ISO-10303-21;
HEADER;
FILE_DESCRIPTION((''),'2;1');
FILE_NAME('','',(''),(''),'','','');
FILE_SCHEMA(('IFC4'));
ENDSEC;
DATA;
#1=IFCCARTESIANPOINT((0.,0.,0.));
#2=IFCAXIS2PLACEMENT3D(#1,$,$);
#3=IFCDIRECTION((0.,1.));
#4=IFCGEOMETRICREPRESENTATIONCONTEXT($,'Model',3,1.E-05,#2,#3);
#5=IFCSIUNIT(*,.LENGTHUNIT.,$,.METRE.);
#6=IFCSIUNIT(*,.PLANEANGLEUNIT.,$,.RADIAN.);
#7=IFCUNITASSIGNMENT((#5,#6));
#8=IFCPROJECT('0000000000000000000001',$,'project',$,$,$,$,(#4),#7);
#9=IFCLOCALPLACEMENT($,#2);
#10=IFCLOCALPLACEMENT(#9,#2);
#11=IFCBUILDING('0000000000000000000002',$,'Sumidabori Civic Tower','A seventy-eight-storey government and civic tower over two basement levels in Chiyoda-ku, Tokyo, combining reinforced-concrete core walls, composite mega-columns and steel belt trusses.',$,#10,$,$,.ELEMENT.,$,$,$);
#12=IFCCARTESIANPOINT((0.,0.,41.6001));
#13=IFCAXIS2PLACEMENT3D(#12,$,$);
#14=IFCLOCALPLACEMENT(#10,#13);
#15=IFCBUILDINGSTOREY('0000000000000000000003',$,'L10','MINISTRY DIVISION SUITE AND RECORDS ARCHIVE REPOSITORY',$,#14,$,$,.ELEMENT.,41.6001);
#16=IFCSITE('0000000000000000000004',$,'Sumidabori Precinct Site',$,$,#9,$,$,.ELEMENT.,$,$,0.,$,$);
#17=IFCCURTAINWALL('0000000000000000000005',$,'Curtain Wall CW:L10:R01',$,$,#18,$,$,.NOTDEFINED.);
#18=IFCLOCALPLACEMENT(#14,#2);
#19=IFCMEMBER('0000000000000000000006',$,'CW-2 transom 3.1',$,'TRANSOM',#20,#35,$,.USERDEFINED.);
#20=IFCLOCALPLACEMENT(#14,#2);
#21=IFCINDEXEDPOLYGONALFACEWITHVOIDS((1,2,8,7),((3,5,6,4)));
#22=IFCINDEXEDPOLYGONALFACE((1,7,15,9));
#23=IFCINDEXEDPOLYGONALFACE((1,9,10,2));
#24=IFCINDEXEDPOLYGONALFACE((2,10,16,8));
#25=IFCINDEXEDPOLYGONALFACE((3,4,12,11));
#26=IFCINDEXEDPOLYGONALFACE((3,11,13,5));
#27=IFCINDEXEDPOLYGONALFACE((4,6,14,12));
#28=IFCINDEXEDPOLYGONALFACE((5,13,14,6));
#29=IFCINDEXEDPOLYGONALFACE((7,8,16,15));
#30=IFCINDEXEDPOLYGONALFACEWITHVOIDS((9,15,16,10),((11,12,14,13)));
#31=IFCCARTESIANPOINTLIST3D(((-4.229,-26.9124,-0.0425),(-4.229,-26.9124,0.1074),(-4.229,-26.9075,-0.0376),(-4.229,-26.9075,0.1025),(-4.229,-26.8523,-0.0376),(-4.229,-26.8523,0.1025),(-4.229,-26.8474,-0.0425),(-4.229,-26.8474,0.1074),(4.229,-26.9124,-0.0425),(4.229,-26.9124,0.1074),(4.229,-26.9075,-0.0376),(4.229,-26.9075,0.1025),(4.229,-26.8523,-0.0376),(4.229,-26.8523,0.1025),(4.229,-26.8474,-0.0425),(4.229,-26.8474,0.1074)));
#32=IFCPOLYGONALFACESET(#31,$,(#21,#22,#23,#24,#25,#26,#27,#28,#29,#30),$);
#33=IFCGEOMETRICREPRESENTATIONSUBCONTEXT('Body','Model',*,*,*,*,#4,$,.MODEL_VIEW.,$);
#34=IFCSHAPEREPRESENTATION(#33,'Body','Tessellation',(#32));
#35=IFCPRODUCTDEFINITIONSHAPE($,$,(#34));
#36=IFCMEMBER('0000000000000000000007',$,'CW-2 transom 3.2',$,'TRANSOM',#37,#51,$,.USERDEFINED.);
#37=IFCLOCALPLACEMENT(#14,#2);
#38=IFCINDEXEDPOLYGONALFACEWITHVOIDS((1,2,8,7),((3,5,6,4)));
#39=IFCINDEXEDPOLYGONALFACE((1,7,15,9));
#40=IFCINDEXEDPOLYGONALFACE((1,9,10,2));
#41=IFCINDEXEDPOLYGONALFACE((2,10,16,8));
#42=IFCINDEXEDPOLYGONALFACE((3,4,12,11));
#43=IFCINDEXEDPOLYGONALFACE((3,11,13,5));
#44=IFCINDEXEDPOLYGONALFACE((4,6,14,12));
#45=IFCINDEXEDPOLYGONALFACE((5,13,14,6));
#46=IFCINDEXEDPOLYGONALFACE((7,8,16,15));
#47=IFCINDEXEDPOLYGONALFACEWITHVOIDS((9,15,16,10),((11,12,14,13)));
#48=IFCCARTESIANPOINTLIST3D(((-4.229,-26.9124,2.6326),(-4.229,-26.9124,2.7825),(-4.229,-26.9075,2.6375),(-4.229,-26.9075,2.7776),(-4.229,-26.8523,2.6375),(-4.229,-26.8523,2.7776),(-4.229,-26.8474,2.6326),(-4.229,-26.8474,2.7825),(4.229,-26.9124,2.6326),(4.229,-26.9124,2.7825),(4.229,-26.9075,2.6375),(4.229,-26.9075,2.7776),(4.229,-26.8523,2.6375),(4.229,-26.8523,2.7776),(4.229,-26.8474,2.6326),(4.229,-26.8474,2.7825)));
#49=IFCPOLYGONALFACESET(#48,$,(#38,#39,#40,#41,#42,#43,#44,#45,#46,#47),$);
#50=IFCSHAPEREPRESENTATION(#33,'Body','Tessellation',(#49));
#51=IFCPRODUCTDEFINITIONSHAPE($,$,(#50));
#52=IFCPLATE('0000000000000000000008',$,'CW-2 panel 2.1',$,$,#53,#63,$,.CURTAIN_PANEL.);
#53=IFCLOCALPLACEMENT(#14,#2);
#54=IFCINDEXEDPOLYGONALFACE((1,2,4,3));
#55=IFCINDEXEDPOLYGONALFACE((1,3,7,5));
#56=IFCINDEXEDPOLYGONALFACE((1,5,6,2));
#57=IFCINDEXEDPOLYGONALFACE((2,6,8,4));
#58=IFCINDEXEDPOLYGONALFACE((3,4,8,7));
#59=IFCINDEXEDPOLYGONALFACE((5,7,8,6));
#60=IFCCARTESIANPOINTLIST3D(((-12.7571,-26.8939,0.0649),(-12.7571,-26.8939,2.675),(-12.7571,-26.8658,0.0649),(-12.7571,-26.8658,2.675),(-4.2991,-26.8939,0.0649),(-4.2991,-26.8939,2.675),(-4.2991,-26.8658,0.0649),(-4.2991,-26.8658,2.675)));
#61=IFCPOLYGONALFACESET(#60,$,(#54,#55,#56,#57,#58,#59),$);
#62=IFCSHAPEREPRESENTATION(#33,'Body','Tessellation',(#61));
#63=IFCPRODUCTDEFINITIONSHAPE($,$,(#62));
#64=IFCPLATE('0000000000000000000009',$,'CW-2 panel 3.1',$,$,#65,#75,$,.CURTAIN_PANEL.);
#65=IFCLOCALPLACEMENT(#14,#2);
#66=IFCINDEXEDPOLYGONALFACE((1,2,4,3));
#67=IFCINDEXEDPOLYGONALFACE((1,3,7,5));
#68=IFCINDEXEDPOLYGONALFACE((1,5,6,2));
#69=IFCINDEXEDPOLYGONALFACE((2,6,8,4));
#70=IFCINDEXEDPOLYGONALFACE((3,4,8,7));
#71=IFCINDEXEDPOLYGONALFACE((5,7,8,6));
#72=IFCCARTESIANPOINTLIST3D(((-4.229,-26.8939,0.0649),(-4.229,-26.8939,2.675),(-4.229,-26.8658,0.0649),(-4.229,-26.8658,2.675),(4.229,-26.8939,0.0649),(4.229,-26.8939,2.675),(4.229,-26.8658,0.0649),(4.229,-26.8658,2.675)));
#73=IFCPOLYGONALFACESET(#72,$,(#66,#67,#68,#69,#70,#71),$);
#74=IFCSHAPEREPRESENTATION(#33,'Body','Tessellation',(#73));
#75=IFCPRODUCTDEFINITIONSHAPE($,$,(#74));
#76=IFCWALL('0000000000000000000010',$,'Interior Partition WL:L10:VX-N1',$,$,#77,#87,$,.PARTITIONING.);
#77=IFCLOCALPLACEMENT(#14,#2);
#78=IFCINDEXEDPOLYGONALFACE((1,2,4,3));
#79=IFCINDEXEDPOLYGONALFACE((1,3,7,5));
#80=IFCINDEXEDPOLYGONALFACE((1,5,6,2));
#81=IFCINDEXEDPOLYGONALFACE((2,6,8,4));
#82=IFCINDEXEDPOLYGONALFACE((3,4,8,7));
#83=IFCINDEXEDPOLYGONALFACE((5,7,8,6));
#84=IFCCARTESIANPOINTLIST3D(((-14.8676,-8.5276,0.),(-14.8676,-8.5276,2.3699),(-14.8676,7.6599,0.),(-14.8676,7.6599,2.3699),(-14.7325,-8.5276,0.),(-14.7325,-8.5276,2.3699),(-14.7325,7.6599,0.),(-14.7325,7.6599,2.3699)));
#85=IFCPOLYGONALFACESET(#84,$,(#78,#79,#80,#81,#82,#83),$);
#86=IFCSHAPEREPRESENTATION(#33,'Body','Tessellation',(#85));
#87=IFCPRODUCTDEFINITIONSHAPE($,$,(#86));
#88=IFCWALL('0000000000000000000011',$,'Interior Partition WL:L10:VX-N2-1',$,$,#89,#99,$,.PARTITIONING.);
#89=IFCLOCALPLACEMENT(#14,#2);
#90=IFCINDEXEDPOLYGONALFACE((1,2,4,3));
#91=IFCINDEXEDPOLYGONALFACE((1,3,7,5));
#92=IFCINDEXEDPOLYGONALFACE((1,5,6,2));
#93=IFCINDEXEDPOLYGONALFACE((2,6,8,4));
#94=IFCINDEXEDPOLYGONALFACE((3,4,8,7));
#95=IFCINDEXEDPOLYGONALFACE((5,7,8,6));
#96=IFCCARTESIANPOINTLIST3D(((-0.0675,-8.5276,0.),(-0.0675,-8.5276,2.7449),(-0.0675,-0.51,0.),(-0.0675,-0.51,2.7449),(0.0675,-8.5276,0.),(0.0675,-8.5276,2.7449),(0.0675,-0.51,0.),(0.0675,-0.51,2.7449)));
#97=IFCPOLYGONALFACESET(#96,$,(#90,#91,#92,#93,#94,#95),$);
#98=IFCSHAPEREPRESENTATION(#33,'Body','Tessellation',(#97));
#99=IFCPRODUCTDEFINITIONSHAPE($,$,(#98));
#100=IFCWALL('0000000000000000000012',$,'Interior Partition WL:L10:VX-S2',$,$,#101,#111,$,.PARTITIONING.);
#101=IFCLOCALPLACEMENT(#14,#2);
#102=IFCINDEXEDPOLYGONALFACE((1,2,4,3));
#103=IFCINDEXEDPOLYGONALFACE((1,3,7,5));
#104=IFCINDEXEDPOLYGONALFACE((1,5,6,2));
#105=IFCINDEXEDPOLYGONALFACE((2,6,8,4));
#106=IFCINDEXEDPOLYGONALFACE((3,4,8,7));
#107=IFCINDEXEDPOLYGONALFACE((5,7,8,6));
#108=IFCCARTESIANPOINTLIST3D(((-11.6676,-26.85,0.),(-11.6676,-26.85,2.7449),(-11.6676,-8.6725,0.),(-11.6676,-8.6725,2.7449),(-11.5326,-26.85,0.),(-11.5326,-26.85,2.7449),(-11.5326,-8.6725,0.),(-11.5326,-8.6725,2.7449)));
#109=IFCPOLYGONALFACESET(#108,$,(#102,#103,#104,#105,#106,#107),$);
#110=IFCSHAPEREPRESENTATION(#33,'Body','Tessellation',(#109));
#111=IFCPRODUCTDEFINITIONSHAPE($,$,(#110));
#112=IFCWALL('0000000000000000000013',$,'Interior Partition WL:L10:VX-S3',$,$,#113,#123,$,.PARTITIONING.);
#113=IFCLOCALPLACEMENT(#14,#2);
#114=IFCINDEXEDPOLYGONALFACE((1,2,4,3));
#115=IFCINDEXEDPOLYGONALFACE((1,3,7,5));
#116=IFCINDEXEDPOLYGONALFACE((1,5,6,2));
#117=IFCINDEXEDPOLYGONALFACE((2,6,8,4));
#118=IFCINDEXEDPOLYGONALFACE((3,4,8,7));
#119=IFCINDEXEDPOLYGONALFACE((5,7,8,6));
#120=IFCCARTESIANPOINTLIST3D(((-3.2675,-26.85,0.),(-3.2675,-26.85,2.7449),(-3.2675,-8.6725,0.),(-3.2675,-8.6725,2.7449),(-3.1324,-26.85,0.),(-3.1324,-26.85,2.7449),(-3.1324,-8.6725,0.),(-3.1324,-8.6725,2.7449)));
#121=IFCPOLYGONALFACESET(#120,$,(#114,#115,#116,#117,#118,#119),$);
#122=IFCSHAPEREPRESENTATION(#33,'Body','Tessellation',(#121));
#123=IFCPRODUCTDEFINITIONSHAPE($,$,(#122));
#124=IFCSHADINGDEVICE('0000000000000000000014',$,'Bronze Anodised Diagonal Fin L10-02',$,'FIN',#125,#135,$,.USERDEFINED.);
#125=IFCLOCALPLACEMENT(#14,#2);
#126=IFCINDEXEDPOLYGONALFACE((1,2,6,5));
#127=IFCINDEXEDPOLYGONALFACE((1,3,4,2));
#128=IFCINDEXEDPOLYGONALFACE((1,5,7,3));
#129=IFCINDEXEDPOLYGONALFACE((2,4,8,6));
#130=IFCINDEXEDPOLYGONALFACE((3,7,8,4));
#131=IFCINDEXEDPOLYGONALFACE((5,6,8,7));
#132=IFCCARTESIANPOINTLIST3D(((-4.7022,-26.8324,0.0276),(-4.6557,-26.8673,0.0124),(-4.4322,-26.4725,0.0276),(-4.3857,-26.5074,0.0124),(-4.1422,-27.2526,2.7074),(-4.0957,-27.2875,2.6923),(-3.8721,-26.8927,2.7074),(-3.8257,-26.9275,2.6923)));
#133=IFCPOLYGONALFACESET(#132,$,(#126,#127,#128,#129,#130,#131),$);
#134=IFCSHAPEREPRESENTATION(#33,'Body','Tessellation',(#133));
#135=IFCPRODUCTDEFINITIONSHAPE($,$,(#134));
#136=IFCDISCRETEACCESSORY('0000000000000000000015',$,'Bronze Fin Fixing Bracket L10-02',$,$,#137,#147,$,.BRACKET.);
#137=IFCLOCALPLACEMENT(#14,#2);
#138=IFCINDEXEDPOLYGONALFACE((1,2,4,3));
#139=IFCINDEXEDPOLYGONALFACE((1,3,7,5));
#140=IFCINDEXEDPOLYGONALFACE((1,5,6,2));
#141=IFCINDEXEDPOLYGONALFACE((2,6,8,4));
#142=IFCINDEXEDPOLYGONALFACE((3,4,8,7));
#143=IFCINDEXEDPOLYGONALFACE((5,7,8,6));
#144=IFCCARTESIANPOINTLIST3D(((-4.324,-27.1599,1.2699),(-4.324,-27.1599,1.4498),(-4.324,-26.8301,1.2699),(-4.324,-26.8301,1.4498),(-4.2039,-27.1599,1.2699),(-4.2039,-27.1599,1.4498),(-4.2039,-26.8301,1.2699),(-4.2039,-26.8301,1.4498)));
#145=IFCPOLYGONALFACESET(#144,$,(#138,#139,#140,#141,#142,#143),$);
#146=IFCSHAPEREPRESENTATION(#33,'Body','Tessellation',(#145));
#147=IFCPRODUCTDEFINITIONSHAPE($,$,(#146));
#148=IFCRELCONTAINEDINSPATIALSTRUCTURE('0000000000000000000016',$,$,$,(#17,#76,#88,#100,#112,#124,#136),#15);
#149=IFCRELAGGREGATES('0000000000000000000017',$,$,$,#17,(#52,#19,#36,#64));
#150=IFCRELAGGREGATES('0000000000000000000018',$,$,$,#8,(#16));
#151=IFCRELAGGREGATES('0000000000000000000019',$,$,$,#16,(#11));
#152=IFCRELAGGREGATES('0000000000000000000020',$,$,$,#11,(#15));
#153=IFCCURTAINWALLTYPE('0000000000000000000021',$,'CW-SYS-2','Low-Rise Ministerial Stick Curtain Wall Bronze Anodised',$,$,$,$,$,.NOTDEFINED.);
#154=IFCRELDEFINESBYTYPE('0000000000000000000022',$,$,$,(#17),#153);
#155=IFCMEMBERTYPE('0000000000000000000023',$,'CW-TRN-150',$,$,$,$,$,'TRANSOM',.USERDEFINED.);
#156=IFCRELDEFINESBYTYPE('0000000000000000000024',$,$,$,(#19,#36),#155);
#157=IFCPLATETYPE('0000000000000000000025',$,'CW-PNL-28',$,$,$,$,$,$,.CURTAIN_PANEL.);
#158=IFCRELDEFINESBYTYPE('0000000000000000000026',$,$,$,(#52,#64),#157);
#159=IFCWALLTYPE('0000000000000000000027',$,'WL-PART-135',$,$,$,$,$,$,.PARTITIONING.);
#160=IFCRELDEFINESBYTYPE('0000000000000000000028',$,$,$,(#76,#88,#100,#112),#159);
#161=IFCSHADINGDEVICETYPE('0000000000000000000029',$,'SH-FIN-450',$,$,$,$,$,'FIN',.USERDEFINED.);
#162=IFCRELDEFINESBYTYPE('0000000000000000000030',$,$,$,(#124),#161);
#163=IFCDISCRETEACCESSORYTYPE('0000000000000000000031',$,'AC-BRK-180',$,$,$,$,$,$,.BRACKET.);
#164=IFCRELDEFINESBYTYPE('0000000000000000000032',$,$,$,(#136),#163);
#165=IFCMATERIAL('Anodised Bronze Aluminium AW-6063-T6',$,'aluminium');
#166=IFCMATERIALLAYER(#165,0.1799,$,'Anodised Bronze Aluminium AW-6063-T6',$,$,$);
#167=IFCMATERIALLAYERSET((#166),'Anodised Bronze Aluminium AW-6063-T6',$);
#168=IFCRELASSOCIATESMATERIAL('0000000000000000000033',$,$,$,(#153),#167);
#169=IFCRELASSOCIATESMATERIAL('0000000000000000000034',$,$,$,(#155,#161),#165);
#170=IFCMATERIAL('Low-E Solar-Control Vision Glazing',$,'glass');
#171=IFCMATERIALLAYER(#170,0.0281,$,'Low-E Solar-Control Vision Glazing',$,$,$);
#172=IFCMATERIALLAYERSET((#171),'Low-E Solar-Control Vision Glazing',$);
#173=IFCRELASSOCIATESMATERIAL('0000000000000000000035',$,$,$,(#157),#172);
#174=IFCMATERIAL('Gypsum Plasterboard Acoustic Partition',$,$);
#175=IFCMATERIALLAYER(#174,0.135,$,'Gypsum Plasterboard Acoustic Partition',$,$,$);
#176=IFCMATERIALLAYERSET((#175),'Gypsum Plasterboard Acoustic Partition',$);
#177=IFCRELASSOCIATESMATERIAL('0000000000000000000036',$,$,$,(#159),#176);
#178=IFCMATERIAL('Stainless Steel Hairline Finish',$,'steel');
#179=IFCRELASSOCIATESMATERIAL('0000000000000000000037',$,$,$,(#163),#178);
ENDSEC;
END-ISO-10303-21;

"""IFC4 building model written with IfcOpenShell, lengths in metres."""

from ifc_helpers import new_model, si_unit, direction, frame, frame_2d, origin, origin_2d, place, context, subcontext, project, spatial, rectangle, hollow_rectangle, extrude, source, transform, mapped, material, layer, layer_set, material_profile, profile_set, type_object, element, aggregate, save


model = new_model("IFC4")

# Units and contexts
model_context = context("Model", 3, precision=1e-05, world=origin(), true_north=direction((0.0, 1.0)))
body_context = subcontext(model_context, "Body", "Model", "MODEL_VIEW")
ifc_project = project(units=[si_unit("LENGTHUNIT", "METRE"), si_unit("PLANEANGLEUNIT", "RADIAN")], contexts=[model_context])

# Site, building, storey
site_placement = place(None, origin())
site = spatial("IfcSite", under=ifc_project, at=site_placement, Name="Sumidabori Precinct Site", CompositionType="ELEMENT", RefElevation=0.0)
building_placement = place(site_placement, origin())
building = spatial("IfcBuilding", under=site, at=building_placement, Name="Sumidabori Civic Tower", Description="A seventy-eight-storey government and civic tower over two basement levels in Chiyoda-ku, Tokyo, combining reinforced-concrete core walls, composite mega-columns and steel belt trusses.", CompositionType="ELEMENT")
storey_placement = place(building_placement, frame((0.0, 0.0, 41.6001)))
storey = spatial("IfcBuildingStorey", under=building, at=storey_placement, Name="L10", Description="MINISTRY DIVISION SUITE AND RECORDS ARCHIVE REPOSITORY", CompositionType="ELEMENT", Elevation=41.6001)

# Curtain wall, members, plates
ifc_material_1 = material(Name="Anodised Bronze Aluminium AW-6063-T6", Category="aluminium")
ifc_layer_1 = layer(ifc_material_1, 0.1799, Name="Anodised Bronze Aluminium AW-6063-T6")
ifc_layer_set_1 = layer_set([ifc_layer_1], Name="Anodised Bronze Aluminium AW-6063-T6")
curtain_wall_type = type_object("IfcCurtainWallType", Name="CW-SYS-2", Description="Low-Rise Ministerial Stick Curtain Wall Bronze Anodised", PredefinedType="NOTDEFINED", material=ifc_layer_set_1)
curtain_wall_placement = place(storey_placement, origin())
curtain_wall = element("IfcCurtainWall", 1, at=curtain_wall_placement, inside=storey, type_object=curtain_wall_type, Name="Curtain Wall CW:L10:R01", PredefinedType="NOTDEFINED")
ifc_material_profile_1 = material_profile(ifc_material_1, hollow_rectangle(XDim=0.0649, YDim=0.1499, WallThickness=0.0049, at=origin_2d()), Name="ALU TRANSOM 150x65")
ifc_profile_set_1 = profile_set([ifc_material_profile_1], Name="Anodised Bronze Aluminium AW-6063-T6")
member_type_1 = type_object("IfcMemberType", Name="CW-TRN-150", ElementType="TRANSOM", PredefinedType="USERDEFINED", material=ifc_profile_set_1)
shared_shape_1 = source(origin(), body_context, "Body", "SweptSolid", [
    extrude(hollow_rectangle(XDim=0.0649, YDim=0.1499, WallThickness=0.0049, at=origin_2d()), origin(), (0.0, 0.0, 1.0), 8.458),
])
member_1_placement = place(storey_placement, frame((-4.229, -26.8799, 0.0325), z_axis=(1.0, 0.0, 0.0), x_axis=(0.0, 1.0, 0.0)))
member_1 = element("IfcMember", 2, at=member_1_placement, type_object=member_type_1, Name="CW-2 transom 3.1", ObjectType="TRANSOM", PredefinedType="USERDEFINED", context=body_context, shape_type="MappedRepresentation", body=[
    mapped(shared_shape_1, transform((0.0, 0.0, 0.0), x_axis=(1.0, 0.0, 0.0), y_axis=(0.0, 1.0, 0.0), z_axis=(0.0, 0.0, 1.0), scale=1.0)),
])
member_2_placement = place(storey_placement, frame((-4.229, -26.8799, 2.7075), z_axis=(1.0, 0.0, 0.0), x_axis=(0.0, 1.0, 0.0)))
member_2 = element("IfcMember", 3, at=member_2_placement, type_object=member_type_1, Name="CW-2 transom 3.2", ObjectType="TRANSOM", PredefinedType="USERDEFINED", context=body_context, shape_type="MappedRepresentation", body=[
    mapped(shared_shape_1, transform((0.0, 0.0, 0.0), x_axis=(1.0, 0.0, 0.0), y_axis=(0.0, 1.0, 0.0), z_axis=(0.0, 0.0, 1.0), scale=1.0)),
])
ifc_material_2 = material(Name="Low-E Solar-Control Vision Glazing", Category="glass")
ifc_layer_2 = layer(ifc_material_2, 0.0281, Name="Low-E Solar-Control Vision Glazing")
ifc_layer_set_2 = layer_set([ifc_layer_2], Name="Low-E Solar-Control Vision Glazing")
plate_type = type_object("IfcPlateType", Name="CW-PNL-28", PredefinedType="CURTAIN_PANEL", material=ifc_layer_set_2)
shared_shape_2 = source(origin(), body_context, "Body", "SweptSolid", [
    extrude(rectangle(XDim=8.458, YDim=0.0281, at=origin_2d()), origin(), (0.0, 0.0, 1.0), 2.6101),
])
plate_1_placement = place(storey_placement, frame((-8.5281, -26.8799, 0.0649), z_axis=(0.0, 0.0, 1.0), x_axis=(1.0, 0.0, 0.0)))
plate_1 = element("IfcPlate", 4, at=plate_1_placement, type_object=plate_type, Name="CW-2 panel 2.1", PredefinedType="CURTAIN_PANEL", context=body_context, shape_type="MappedRepresentation", body=[
    mapped(shared_shape_2, transform((0.0, 0.0, 0.0), x_axis=(1.0, 0.0, 0.0), y_axis=(0.0, 1.0, 0.0), z_axis=(0.0, 0.0, 1.0), scale=1.0)),
])
plate_2_placement = place(storey_placement, frame((0.0, -26.8799, 0.0649), z_axis=(0.0, 0.0, 1.0), x_axis=(1.0, 0.0, 0.0)))
plate_2 = element("IfcPlate", 5, at=plate_2_placement, type_object=plate_type, Name="CW-2 panel 3.1", PredefinedType="CURTAIN_PANEL", context=body_context, shape_type="MappedRepresentation", body=[
    mapped(shared_shape_2, transform((0.0, 0.0, 0.0), x_axis=(1.0, 0.0, 0.0), y_axis=(0.0, 1.0, 0.0), z_axis=(0.0, 0.0, 1.0), scale=1.0)),
])
aggregate(curtain_wall, [plate_1, member_1, member_2, plate_2])

# Walls
ifc_material_3 = material(Name="Gypsum Plasterboard Acoustic Partition")
ifc_layer_3 = layer(ifc_material_3, 0.135, Name="Gypsum Plasterboard Acoustic Partition")
ifc_layer_set_3 = layer_set([ifc_layer_3], Name="Gypsum Plasterboard Acoustic Partition")
wall_type = type_object("IfcWallType", Name="WL-PART-135", PredefinedType="PARTITIONING", material=ifc_layer_set_3)
shared_shape_3 = source(origin(), body_context, "Body", "SweptSolid", [
    extrude(rectangle(XDim=16.1875, YDim=0.135, at=frame_2d((8.0938, 0.0))), origin(), (0.0, 0.0, 1.0), 2.3699),
])
wall_1_placement = place(storey_placement, frame((-14.8, -8.5276, 0.0), z_axis=(0.0, 0.0, 1.0), x_axis=(0.0, 1.0, 0.0)))
element("IfcWall", 6, at=wall_1_placement, inside=storey, type_object=wall_type, Name="Interior Partition WL:L10:VX-N1", PredefinedType="PARTITIONING", context=body_context, shape_type="MappedRepresentation", body=[
    mapped(shared_shape_3, transform((0.0, 0.0, 0.0), x_axis=(1.0, 0.0, 0.0), y_axis=(0.0, 1.0, 0.0), z_axis=(0.0, 0.0, 1.0), scale=1.0)),
])
shared_shape_4 = source(origin(), body_context, "Body", "SweptSolid", [
    extrude(rectangle(XDim=8.0176, YDim=0.135, at=frame_2d((4.0088, 0.0))), origin(), (0.0, 0.0, 1.0), 2.7449),
])
wall_2_placement = place(storey_placement, frame((0.0, -8.5276, 0.0), z_axis=(0.0, 0.0, 1.0), x_axis=(0.0, 1.0, 0.0)))
element("IfcWall", 7, at=wall_2_placement, inside=storey, type_object=wall_type, Name="Interior Partition WL:L10:VX-N2-1", PredefinedType="PARTITIONING", context=body_context, shape_type="MappedRepresentation", body=[
    mapped(shared_shape_4, transform((0.0, 0.0, 0.0), x_axis=(1.0, 0.0, 0.0), y_axis=(0.0, 1.0, 0.0), z_axis=(0.0, 0.0, 1.0), scale=1.0)),
])
shared_shape_5 = source(origin(), body_context, "Body", "SweptSolid", [
    extrude(rectangle(XDim=18.1775, YDim=0.135, at=frame_2d((9.0889, 0.0))), origin(), (0.0, 0.0, 1.0), 2.7449),
])
for number, where, z_axis, x_axis, name in (
    (8, (-11.6001, -26.8501, 0.0), (0.0, 0.0, 1.0), (0.0, 1.0, 0.0), "Interior Partition WL:L10:VX-S2"),
    (9, (-3.2, -26.8501, 0.0), (0.0, 0.0, 1.0), (0.0, 1.0, 0.0), "Interior Partition WL:L10:VX-S3"),
):
    element("IfcWall", number, at=place(storey_placement, frame(where, z_axis=z_axis, x_axis=x_axis)), inside=storey, type_object=wall_type, Name=name, PredefinedType="PARTITIONING", context=body_context, shape_type="MappedRepresentation", body=[
        mapped(shared_shape_5, transform((0.0, 0.0, 0.0), x_axis=(1.0, 0.0, 0.0), y_axis=(0.0, 1.0, 0.0), z_axis=(0.0, 0.0, 1.0), scale=1.0)),
    ])

# Shading device
ifc_material_profile_2 = material_profile(ifc_material_1, rectangle(XDim=0.0601, YDim=0.45, at=origin_2d()), Name="BRONZE FIN 450x60")
ifc_profile_set_2 = profile_set([ifc_material_profile_2], Name="Anodised Bronze Aluminium AW-6063-T6")
shading_device_type = type_object("IfcShadingDeviceType", Name="SH-FIN-450", ElementType="FIN", PredefinedType="USERDEFINED", material=ifc_profile_set_2)
shared_shape_6 = source(origin(), body_context, "Body", "SweptSolid", [
    extrude(rectangle(XDim=0.0601, YDim=0.45, at=origin_2d()), origin(), (0.0, 0.0, 1.0), 2.7698),
])
shading_device_placement = place(storey_placement, frame((-4.5439, -26.6699, 0.02), z_axis=(0.202196, -0.151691, 0.967526), x_axis=(0.77394, -0.580624, -0.252771)))
element("IfcShadingDevice", 10, at=shading_device_placement, inside=storey, type_object=shading_device_type, Name="Bronze Anodised Diagonal Fin L10-02", ObjectType="FIN", PredefinedType="USERDEFINED", context=body_context, shape_type="MappedRepresentation", body=[
    mapped(shared_shape_6, transform((0.0, 0.0, 0.0), x_axis=(1.0, 0.0, 0.0), y_axis=(0.0, 1.0, 0.0), z_axis=(0.0, 0.0, 1.0), scale=1.0)),
])

# Discrete accessory
ifc_material_4 = material(Name="Stainless Steel Hairline Finish", Category="steel")
ifc_material_profile_3 = material_profile(ifc_material_4, rectangle(XDim=0.1201, YDim=0.1799, at=origin_2d()), Name="STEEL BRACKET 180x120")
ifc_profile_set_3 = profile_set([ifc_material_profile_3], Name="Stainless Steel Hairline Finish")
discrete_accessory_type = type_object("IfcDiscreteAccessoryType", Name="AC-BRK-180", PredefinedType="BRACKET", material=ifc_profile_set_3)
shared_shape_7 = source(origin(), body_context, "Body", "SweptSolid", [
    extrude(rectangle(XDim=0.1201, YDim=0.1799, at=origin_2d()), origin(), (0.0, 0.0, 1.0), 0.3298),
])
discrete_accessory_placement = place(storey_placement, frame((-4.2639, -26.8301, 1.3599), z_axis=(0.0, -1.0, 0.0), x_axis=(1.0, 0.0, 0.0)))
element("IfcDiscreteAccessory", 11, at=discrete_accessory_placement, inside=storey, type_object=discrete_accessory_type, Name="Bronze Fin Fixing Bracket L10-02", PredefinedType="BRACKET", context=body_context, shape_type="MappedRepresentation", body=[
    mapped(shared_shape_7, transform((0.0, 0.0, 0.0), x_axis=(1.0, 0.0, 0.0), y_axis=(0.0, 1.0, 0.0), z_axis=(0.0, 0.0, 1.0), scale=1.0)),
])

save(model, "model.ifc")
